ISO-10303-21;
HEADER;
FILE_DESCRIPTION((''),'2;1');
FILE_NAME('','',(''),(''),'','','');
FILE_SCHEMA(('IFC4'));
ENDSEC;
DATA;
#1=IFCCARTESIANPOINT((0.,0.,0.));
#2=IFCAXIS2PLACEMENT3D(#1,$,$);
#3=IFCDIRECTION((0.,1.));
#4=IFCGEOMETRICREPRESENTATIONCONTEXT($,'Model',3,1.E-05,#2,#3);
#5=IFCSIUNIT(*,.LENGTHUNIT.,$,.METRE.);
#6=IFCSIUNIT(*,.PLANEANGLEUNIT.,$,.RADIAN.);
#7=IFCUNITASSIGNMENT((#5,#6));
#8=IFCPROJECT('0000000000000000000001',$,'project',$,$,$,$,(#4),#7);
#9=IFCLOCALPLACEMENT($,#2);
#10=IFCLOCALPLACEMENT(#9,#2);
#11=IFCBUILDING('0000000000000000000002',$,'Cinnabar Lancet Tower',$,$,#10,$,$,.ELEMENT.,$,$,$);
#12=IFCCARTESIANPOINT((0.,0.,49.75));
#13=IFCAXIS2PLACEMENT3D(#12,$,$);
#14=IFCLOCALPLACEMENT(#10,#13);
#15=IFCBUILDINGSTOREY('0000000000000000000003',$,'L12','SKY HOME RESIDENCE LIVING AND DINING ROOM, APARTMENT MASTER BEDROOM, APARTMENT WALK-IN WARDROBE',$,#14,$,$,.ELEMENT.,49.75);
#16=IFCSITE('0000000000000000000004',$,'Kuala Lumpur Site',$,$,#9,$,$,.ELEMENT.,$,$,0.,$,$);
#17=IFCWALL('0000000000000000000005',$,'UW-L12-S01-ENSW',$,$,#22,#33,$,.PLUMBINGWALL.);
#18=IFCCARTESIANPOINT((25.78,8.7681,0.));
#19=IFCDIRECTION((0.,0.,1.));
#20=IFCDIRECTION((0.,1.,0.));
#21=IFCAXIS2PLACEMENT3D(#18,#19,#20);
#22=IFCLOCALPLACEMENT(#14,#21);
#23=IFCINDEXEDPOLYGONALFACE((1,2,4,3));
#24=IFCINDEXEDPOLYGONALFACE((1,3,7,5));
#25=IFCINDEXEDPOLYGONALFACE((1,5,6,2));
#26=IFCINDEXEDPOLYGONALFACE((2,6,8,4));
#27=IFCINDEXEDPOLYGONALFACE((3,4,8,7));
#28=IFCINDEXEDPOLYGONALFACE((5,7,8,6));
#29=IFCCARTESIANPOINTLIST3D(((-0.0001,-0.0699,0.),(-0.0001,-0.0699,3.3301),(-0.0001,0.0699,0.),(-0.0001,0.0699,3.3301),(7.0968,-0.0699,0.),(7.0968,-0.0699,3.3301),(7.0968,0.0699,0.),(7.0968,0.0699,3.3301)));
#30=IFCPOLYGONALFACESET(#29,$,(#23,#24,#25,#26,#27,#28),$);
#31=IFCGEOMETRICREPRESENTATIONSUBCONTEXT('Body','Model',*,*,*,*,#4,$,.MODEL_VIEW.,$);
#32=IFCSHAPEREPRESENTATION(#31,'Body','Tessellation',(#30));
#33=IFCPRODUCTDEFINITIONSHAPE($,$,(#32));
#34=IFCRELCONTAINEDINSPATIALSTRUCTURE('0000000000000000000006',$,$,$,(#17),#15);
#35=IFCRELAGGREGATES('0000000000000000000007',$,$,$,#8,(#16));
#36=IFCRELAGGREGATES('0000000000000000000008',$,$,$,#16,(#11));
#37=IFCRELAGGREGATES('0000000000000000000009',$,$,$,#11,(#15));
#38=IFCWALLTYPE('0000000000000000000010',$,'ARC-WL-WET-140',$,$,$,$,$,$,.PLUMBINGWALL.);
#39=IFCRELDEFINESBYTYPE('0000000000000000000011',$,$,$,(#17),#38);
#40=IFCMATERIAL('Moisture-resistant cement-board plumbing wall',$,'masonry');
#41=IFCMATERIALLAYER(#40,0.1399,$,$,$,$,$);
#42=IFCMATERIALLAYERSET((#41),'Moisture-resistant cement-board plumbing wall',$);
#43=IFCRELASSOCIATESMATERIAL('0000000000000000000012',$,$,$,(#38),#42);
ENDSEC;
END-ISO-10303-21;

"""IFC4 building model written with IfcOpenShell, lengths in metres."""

from ifc_helpers import new_model, si_unit, direction, frame, frame_2d, origin, place, context, subcontext, project, spatial, rectangle, extrude, material, layer, layer_set, type_object, element, save


model = new_model("IFC4")

# Units and contexts
model_context = context("Model", 3, precision=1e-05, world=origin(), true_north=direction((0.0, 1.0)))
body_context = subcontext(model_context, "Body", "Model", "MODEL_VIEW")
ifc_project = project(units=[si_unit("LENGTHUNIT", "METRE"), si_unit("PLANEANGLEUNIT", "RADIAN")], contexts=[model_context])

# Site, building, storey
site_placement = place(None, origin())
site = spatial("IfcSite", under=ifc_project, at=site_placement, Name="Kuala Lumpur Site", CompositionType="ELEMENT", RefElevation=0.0)
building_placement = place(site_placement, origin())
building = spatial("IfcBuilding", under=site, at=building_placement, Name="Cinnabar Lancet Tower", CompositionType="ELEMENT")
storey_placement = place(building_placement, frame((0.0, 0.0, 49.75)))
storey = spatial("IfcBuildingStorey", under=building, at=storey_placement, Name="L12", Description="SKY HOME RESIDENCE LIVING AND DINING ROOM, APARTMENT MASTER BEDROOM, APARTMENT WALK-IN WARDROBE", CompositionType="ELEMENT", Elevation=49.75)

# Shared definitions
ifc_material_1 = material(Name="Moisture-resistant cement-board plumbing wall", Category="masonry")
ifc_layer_1 = layer(ifc_material_1, 0.1399)
ifc_layer_set_1 = layer_set([ifc_layer_1], Name="Moisture-resistant cement-board plumbing wall")
wall_type_1 = type_object("IfcWallType", Name="ARC-WL-WET-140", PredefinedType="PLUMBINGWALL", material=ifc_layer_set_1)

# Wall
wall_1_placement = place(storey_placement, frame((25.78, 8.7681, 0.0), z_axis=(0.0, 0.0, 1.0), x_axis=(0.0, 1.0, 0.0)))
element("IfcWall", 1, at=wall_1_placement, inside=storey, type_object=wall_type_1, Name="UW-L12-S01-ENSW", PredefinedType="PLUMBINGWALL", context=body_context, shape_type="SweptSolid", body=[
    extrude(rectangle(XDim=7.0969, YDim=0.1399, at=frame_2d((3.5483, 0.0))), origin(), (0.0, 0.0, 1.0), 3.3301),
])

save(model, "model.ifc")
